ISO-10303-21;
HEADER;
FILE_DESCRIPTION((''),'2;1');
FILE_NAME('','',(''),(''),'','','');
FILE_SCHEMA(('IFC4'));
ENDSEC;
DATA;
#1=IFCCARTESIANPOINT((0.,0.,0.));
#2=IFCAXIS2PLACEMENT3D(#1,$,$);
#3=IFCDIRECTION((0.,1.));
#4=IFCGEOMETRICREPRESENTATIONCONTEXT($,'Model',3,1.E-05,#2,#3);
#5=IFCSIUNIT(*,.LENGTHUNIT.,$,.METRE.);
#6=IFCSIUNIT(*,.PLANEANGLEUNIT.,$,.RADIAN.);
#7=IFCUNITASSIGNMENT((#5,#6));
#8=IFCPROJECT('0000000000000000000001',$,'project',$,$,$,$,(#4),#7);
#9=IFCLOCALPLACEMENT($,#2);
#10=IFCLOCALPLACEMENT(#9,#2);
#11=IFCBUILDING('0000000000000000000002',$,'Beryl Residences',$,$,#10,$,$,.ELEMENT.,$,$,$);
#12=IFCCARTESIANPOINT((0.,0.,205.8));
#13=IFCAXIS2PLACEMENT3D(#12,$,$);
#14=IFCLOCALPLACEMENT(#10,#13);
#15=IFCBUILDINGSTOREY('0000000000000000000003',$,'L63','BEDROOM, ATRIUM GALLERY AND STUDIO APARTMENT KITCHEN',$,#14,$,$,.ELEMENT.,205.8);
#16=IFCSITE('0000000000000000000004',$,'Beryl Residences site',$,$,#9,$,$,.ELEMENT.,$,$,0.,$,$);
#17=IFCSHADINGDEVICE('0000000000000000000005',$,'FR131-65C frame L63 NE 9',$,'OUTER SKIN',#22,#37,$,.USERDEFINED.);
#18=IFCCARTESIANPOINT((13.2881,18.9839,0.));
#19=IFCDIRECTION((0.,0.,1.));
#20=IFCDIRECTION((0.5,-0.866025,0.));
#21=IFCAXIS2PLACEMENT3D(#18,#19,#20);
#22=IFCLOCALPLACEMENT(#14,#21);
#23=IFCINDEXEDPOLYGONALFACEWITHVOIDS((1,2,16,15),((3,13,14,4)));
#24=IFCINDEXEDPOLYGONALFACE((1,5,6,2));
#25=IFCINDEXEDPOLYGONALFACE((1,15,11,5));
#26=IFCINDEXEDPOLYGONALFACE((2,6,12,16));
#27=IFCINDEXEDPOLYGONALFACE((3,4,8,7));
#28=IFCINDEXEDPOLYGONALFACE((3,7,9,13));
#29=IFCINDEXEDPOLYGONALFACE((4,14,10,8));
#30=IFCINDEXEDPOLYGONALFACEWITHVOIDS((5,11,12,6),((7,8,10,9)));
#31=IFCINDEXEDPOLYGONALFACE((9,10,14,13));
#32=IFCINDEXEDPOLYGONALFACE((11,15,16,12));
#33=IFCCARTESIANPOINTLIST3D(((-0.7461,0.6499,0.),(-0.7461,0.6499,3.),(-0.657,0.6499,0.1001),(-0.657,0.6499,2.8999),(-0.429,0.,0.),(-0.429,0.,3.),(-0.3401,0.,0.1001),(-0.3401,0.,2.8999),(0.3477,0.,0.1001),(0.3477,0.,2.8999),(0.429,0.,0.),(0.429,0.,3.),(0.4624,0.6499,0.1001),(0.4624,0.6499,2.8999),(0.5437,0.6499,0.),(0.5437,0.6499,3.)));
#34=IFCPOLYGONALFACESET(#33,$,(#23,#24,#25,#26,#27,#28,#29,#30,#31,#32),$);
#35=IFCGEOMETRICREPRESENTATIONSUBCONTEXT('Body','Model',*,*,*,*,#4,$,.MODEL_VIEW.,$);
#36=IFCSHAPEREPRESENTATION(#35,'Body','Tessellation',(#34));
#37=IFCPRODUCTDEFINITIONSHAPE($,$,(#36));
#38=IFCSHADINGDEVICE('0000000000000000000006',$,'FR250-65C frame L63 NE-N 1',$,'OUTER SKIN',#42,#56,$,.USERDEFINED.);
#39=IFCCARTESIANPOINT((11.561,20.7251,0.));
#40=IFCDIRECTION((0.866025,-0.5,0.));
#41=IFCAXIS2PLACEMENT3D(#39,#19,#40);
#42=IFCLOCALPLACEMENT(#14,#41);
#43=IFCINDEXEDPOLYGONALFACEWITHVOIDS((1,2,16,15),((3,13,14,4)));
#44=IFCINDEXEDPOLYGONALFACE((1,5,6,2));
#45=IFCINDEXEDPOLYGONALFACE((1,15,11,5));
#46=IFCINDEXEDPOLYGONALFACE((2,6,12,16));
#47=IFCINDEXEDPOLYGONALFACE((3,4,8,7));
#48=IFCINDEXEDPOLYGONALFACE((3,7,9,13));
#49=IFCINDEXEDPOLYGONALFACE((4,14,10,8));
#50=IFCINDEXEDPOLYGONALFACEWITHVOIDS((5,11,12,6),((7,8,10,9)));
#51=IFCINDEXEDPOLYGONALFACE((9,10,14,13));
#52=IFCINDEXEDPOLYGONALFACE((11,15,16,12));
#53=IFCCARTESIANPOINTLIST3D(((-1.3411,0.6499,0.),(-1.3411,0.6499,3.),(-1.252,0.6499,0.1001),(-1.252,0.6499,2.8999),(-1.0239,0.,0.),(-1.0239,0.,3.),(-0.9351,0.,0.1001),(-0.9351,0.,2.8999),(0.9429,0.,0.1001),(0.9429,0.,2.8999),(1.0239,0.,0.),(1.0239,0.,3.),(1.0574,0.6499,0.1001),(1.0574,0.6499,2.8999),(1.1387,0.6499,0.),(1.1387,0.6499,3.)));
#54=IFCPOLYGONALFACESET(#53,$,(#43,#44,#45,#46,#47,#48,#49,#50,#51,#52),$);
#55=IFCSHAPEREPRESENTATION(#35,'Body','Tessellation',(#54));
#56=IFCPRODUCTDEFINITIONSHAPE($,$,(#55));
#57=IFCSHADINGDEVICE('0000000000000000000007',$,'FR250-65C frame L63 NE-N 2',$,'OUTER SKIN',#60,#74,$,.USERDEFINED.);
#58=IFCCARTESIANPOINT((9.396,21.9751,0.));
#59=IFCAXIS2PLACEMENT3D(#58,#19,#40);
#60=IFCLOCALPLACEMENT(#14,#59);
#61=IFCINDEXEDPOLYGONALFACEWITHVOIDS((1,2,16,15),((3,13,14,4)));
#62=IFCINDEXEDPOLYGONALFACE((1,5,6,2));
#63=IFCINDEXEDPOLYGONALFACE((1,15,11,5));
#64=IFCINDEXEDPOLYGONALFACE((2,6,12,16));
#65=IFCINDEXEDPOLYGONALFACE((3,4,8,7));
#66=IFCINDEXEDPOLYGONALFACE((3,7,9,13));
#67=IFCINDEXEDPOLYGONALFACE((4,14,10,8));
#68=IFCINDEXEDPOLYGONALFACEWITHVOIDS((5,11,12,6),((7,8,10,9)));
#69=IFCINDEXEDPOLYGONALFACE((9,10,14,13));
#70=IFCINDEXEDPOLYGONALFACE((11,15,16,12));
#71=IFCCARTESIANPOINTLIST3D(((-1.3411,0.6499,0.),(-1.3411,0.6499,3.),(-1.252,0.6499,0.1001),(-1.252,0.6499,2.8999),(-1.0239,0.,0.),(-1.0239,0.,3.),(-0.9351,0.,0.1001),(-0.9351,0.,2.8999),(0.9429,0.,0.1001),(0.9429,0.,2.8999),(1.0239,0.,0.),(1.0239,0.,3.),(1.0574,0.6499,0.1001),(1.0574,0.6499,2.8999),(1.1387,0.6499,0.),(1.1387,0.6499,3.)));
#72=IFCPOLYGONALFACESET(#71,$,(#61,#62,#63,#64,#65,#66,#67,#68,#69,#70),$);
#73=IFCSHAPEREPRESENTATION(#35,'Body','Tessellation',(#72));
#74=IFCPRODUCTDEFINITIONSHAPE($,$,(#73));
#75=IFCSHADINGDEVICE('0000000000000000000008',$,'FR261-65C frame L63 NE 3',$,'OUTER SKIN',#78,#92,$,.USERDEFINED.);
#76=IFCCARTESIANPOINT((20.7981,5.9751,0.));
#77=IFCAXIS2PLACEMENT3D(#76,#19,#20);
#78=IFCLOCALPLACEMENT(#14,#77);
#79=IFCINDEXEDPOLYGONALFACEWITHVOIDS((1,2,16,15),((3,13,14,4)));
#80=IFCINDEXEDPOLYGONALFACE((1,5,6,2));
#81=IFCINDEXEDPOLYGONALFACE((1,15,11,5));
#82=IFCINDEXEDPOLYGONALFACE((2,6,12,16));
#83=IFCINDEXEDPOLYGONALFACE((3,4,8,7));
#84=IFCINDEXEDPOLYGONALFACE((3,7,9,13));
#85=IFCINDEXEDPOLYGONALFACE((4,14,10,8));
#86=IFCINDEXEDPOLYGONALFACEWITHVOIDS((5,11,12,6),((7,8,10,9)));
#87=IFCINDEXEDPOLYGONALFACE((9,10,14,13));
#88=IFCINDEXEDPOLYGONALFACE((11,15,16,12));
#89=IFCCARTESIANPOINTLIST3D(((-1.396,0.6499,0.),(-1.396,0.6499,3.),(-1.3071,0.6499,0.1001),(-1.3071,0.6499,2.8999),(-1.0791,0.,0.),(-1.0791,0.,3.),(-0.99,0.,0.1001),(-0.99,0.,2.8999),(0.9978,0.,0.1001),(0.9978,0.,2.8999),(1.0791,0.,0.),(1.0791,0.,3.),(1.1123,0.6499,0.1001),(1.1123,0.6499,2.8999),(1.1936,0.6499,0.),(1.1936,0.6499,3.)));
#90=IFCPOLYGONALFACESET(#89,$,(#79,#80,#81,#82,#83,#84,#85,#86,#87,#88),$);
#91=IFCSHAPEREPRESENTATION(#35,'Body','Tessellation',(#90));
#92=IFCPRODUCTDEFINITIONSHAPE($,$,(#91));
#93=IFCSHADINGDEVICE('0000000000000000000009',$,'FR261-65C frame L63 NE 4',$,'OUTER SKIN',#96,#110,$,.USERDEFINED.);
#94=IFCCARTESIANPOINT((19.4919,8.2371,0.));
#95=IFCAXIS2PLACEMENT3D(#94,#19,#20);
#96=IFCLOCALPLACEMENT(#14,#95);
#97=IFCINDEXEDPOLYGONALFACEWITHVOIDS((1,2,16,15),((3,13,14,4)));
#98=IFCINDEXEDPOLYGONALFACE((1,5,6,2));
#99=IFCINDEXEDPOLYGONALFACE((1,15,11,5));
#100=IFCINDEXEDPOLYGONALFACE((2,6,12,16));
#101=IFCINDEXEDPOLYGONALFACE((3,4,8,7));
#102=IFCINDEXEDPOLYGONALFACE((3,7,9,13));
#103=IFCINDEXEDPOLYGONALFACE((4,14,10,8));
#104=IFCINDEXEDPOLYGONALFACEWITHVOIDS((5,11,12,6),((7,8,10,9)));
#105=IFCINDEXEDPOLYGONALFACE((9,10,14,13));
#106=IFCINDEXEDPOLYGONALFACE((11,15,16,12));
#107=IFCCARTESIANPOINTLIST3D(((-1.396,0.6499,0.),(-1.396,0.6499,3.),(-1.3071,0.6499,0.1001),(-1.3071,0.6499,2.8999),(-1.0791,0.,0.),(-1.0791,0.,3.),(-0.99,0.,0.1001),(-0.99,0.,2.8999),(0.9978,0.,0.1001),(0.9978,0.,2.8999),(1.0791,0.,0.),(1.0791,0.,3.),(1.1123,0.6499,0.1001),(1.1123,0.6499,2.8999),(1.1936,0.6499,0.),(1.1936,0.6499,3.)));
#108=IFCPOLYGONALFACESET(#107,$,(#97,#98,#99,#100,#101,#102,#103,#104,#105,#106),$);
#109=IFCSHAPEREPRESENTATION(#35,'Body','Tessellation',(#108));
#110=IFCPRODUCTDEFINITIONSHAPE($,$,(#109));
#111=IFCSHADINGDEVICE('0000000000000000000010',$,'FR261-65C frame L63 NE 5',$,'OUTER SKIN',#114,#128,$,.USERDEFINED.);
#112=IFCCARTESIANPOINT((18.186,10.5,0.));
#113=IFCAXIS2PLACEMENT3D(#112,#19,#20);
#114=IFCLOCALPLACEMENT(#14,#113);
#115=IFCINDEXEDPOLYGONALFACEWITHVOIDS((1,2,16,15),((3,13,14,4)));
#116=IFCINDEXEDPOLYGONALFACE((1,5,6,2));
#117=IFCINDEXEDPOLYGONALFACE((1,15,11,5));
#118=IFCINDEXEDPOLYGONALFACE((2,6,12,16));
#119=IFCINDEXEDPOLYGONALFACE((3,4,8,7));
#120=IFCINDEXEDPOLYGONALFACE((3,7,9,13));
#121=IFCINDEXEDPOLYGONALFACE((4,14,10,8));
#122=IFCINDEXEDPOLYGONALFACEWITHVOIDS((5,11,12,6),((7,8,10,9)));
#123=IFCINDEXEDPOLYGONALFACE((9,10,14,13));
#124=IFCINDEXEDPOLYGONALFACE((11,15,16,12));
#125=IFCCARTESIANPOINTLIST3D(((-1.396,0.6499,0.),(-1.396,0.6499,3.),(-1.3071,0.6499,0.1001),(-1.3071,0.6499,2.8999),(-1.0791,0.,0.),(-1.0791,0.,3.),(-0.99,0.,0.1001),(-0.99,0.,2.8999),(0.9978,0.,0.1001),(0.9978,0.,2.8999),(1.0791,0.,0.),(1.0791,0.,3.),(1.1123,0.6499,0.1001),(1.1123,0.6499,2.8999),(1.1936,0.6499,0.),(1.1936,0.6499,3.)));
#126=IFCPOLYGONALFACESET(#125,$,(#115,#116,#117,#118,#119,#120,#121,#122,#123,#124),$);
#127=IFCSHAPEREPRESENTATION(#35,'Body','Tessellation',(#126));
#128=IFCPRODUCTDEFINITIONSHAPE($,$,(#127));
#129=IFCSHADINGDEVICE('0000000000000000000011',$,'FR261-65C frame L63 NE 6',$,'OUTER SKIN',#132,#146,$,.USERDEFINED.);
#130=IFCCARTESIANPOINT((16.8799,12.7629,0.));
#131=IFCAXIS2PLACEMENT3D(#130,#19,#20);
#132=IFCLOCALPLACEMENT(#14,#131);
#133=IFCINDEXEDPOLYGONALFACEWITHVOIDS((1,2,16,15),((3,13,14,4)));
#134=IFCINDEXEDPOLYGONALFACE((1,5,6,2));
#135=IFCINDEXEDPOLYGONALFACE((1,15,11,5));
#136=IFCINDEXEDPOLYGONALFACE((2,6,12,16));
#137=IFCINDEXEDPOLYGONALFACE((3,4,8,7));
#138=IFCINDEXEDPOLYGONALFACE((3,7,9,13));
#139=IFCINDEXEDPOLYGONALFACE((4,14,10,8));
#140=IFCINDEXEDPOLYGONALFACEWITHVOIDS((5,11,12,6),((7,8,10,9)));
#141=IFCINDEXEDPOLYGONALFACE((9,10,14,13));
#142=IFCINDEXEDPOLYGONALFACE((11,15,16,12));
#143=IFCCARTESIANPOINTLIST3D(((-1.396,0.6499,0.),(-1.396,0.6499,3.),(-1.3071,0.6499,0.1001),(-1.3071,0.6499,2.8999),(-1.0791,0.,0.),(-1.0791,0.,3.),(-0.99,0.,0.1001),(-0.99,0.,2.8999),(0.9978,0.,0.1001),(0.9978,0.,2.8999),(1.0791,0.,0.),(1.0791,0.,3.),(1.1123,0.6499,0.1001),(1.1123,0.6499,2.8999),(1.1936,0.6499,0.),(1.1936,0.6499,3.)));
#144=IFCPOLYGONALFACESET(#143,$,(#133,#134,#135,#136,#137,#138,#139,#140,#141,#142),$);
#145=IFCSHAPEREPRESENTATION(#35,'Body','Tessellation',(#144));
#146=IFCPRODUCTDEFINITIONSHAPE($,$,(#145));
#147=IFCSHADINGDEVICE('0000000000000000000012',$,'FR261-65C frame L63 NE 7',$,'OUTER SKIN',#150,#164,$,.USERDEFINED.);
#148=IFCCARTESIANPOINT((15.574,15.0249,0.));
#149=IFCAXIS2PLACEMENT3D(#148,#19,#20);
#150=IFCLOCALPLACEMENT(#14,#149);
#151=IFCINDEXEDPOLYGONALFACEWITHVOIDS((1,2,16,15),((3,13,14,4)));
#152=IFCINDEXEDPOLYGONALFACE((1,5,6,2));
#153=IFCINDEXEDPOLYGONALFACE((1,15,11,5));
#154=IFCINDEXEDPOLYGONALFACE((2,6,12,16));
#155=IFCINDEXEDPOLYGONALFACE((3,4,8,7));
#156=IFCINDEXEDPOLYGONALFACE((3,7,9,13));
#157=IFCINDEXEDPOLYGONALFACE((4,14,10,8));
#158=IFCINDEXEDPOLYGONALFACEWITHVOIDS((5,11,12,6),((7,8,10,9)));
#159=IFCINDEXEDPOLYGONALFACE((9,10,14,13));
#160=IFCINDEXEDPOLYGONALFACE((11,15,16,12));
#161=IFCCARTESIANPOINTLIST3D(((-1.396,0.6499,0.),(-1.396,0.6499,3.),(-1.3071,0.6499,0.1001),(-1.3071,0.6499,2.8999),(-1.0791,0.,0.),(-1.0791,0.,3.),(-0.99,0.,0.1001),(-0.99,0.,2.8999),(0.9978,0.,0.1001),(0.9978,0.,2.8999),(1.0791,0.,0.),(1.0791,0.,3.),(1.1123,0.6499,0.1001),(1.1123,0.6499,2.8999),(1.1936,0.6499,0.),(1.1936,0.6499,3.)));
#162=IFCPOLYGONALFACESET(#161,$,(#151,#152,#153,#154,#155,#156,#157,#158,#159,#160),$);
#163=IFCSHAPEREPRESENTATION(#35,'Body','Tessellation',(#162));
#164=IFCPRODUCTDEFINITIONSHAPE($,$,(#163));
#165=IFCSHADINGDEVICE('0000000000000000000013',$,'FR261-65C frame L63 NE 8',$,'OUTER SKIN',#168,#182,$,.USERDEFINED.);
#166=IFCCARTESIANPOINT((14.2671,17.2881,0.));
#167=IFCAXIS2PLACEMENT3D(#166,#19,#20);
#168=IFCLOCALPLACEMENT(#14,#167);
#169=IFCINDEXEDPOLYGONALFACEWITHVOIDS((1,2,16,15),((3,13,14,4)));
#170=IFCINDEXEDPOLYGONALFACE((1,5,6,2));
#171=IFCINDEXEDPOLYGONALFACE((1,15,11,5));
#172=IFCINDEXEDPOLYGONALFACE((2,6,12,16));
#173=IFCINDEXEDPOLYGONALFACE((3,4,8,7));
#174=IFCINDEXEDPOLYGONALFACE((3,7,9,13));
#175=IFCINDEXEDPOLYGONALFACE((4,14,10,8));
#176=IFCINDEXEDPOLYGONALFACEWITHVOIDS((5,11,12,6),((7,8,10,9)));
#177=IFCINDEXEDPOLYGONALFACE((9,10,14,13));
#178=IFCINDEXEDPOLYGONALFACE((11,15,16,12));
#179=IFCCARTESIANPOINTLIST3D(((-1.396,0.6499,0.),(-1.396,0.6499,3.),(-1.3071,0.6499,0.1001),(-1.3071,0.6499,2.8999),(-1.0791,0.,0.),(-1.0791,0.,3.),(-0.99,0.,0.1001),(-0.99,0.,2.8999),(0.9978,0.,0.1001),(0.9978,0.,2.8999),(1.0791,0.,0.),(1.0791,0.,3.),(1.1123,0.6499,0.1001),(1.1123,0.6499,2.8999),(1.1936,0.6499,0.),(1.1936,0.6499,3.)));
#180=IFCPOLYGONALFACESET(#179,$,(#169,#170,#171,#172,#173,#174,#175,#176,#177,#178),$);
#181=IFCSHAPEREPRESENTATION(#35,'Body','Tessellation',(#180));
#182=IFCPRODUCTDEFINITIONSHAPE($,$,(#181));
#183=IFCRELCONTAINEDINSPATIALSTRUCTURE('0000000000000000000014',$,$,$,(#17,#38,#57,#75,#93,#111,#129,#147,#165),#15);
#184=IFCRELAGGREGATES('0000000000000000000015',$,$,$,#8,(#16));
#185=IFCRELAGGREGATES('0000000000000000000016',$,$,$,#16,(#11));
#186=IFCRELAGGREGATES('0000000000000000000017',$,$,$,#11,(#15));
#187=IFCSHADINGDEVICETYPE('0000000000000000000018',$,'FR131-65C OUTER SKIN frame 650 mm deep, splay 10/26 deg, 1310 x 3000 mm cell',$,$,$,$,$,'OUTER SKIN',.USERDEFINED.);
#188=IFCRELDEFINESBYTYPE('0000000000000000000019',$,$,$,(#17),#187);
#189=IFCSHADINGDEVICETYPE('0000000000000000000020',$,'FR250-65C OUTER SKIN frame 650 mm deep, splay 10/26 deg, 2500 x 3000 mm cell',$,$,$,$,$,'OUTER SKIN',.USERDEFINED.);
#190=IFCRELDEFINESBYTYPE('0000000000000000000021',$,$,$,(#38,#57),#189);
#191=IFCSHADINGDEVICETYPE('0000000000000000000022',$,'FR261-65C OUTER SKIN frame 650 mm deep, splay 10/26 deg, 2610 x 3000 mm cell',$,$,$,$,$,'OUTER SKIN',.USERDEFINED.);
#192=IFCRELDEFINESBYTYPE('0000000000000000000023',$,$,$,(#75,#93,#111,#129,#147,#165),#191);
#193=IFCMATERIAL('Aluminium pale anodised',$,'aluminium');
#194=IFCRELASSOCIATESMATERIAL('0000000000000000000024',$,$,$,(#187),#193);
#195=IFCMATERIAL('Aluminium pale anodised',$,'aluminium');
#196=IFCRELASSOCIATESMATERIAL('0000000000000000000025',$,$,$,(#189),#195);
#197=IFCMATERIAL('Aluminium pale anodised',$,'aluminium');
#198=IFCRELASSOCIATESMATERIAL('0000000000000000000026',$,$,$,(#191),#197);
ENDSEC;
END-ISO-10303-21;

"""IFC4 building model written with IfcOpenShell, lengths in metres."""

from ifc_helpers import new_model, entity, si_unit, direction, frame, origin, place, context, subcontext, project, spatial, source, transform, mapped, material, type_object, type_shapes, element, save


model = new_model("IFC4")

# Units and contexts
model_context = context("Model", 3, precision=1e-05, world=origin(), true_north=direction((0.0, 1.0)))
body_context = subcontext(model_context, "Body", "Model", "MODEL_VIEW")
ifc_project = project(units=[si_unit("LENGTHUNIT", "METRE"), si_unit("PLANEANGLEUNIT", "RADIAN")], contexts=[model_context])

# Site, building, storey
site_placement = place(None, origin())
site = spatial("IfcSite", under=ifc_project, at=site_placement, Name="Beryl Residences site", CompositionType="ELEMENT", RefElevation=0.0)
building_placement = place(site_placement, origin())
building = spatial("IfcBuilding", under=site, at=building_placement, Name="Beryl Residences", CompositionType="ELEMENT")
storey_placement = place(building_placement, frame((0.0, 0.0, 205.8)))
storey = spatial("IfcBuildingStorey", under=building, at=storey_placement, Name="L63", Description="BEDROOM, ATRIUM GALLERY AND STUDIO APARTMENT KITCHEN", CompositionType="ELEMENT", Elevation=205.8)

# Shading devices
ifc_material_1 = material(Name="Aluminium pale anodised", Category="aluminium")
shading_device_type_1 = type_object("IfcShadingDeviceType", Name="FR131-65C OUTER SKIN frame 650 mm deep, splay 10/26 deg, 1310 x 3000 mm cell", ElementType="OUTER SKIN", PredefinedType="USERDEFINED", material=ifc_material_1)
cartesian_point_1 = entity("IfcCartesianPoint", [-0.429, 0.0])
cartesian_point_2 = entity("IfcCartesianPoint", [-0.3477, 0.1001])
cartesian_point_3 = entity("IfcCartesianPoint", [-0.5437, 0.0])
cartesian_point_4 = entity("IfcCartesianPoint", [-0.4624, 0.1001])
shared_shape_1 = source(origin(), body_context, "Body", "SweptSolid", [
    entity("IfcExtrudedAreaSolidTapered", entity("IfcArbitraryProfileDefWithVoids", "AREA", None, entity("IfcPolyline", [cartesian_point_1, entity("IfcCartesianPoint", [0.429, 0.0]), entity("IfcCartesianPoint", [0.429, 3.0]), entity("IfcCartesianPoint", [-0.429, 3.0]), cartesian_point_1]), [entity("IfcPolyline", [cartesian_point_2, entity("IfcCartesianPoint", [0.3401, 0.1001]), entity("IfcCartesianPoint", [0.3401, 2.8999]), entity("IfcCartesianPoint", [-0.3477, 2.8999]), cartesian_point_2])]), entity("IfcAxis2Placement3D", entity("IfcCartesianPoint", [0.0, 0.0, 0.0]), entity("IfcDirection", [0.0, 1.0, 0.0]), entity("IfcDirection", [-1.0, 0.0, 0.0])), entity("IfcDirection", [0.0, 0.0, 1.0]), 0.6499, entity("IfcArbitraryProfileDefWithVoids", "AREA", None, entity("IfcPolyline", [cartesian_point_3, entity("IfcCartesianPoint", [0.7461, 0.0]), entity("IfcCartesianPoint", [0.7461, 3.0]), entity("IfcCartesianPoint", [-0.5437, 3.0]), cartesian_point_3]), [entity("IfcPolyline", [cartesian_point_4, entity("IfcCartesianPoint", [0.657, 0.1001]), entity("IfcCartesianPoint", [0.657, 2.8999]), entity("IfcCartesianPoint", [-0.4624, 2.8999]), cartesian_point_4])])),
])
type_shapes(shading_device_type_1, [shared_shape_1])
shading_device_placement = place(storey_placement, frame((13.2881, 18.9839, 0.0), z_axis=(0.0, 0.0, 1.0), x_axis=(0.5, -0.866025, 0.0)))
element("IfcShadingDevice", 1, at=shading_device_placement, inside=storey, type_object=shading_device_type_1, Name="FR131-65C frame L63 NE 9", ObjectType="OUTER SKIN", PredefinedType="USERDEFINED", context=body_context, shape_type="MappedRepresentation", body=[
    mapped(shared_shape_1, transform((0.0, 0.0, 0.0))),
])
ifc_material_2 = material(Name="Aluminium pale anodised", Category="aluminium")
shading_device_type_2 = type_object("IfcShadingDeviceType", Name="FR250-65C OUTER SKIN frame 650 mm deep, splay 10/26 deg, 2500 x 3000 mm cell", ElementType="OUTER SKIN", PredefinedType="USERDEFINED", material=ifc_material_2)
cartesian_point_5 = entity("IfcCartesianPoint", [-1.0239, 0.0])
cartesian_point_6 = entity("IfcCartesianPoint", [-0.9429, 0.1001])
cartesian_point_7 = entity("IfcCartesianPoint", [-1.1387, 0.0])
cartesian_point_8 = entity("IfcCartesianPoint", [-1.0574, 0.1001])
shared_shape_2 = source(origin(), body_context, "Body", "SweptSolid", [
    entity("IfcExtrudedAreaSolidTapered", entity("IfcArbitraryProfileDefWithVoids", "AREA", None, entity("IfcPolyline", [cartesian_point_5, entity("IfcCartesianPoint", [1.0239, 0.0]), entity("IfcCartesianPoint", [1.0239, 3.0]), entity("IfcCartesianPoint", [-1.0239, 3.0]), cartesian_point_5]), [entity("IfcPolyline", [cartesian_point_6, entity("IfcCartesianPoint", [0.9351, 0.1001]), entity("IfcCartesianPoint", [0.9351, 2.8999]), entity("IfcCartesianPoint", [-0.9429, 2.8999]), cartesian_point_6])]), entity("IfcAxis2Placement3D", entity("IfcCartesianPoint", [0.0, 0.0, 0.0]), entity("IfcDirection", [0.0, 1.0, 0.0]), entity("IfcDirection", [-1.0, 0.0, 0.0])), entity("IfcDirection", [0.0, 0.0, 1.0]), 0.6499, entity("IfcArbitraryProfileDefWithVoids", "AREA", None, entity("IfcPolyline", [cartesian_point_7, entity("IfcCartesianPoint", [1.3411, 0.0]), entity("IfcCartesianPoint", [1.3411, 3.0]), entity("IfcCartesianPoint", [-1.1387, 3.0]), cartesian_point_7]), [entity("IfcPolyline", [cartesian_point_8, entity("IfcCartesianPoint", [1.252, 0.1001]), entity("IfcCartesianPoint", [1.252, 2.8999]), entity("IfcCartesianPoint", [-1.0574, 2.8999]), cartesian_point_8])])),
])
type_shapes(shading_device_type_2, [shared_shape_2])
for number, where, z_axis, x_axis, name in (
    (2, (11.561, 20.7251, 0.0), (0.0, 0.0, 1.0), (0.866025, -0.5, 0.0), "FR250-65C frame L63 NE-N 1"),
    (3, (9.396, 21.9751, 0.0), (0.0, 0.0, 1.0), (0.866025, -0.5, 0.0), "FR250-65C frame L63 NE-N 2"),
):
    element("IfcShadingDevice", number, at=place(storey_placement, frame(where, z_axis=z_axis, x_axis=x_axis)), inside=storey, type_object=shading_device_type_2, Name=name, ObjectType="OUTER SKIN", PredefinedType="USERDEFINED", context=body_context, shape_type="MappedRepresentation", body=[
        mapped(shared_shape_2, transform((0.0, 0.0, 0.0))),
    ])
ifc_material_3 = material(Name="Aluminium pale anodised", Category="aluminium")
shading_device_type_3 = type_object("IfcShadingDeviceType", Name="FR261-65C OUTER SKIN frame 650 mm deep, splay 10/26 deg, 2610 x 3000 mm cell", ElementType="OUTER SKIN", PredefinedType="USERDEFINED", material=ifc_material_3)
cartesian_point_9 = entity("IfcCartesianPoint", [-1.0791, 0.0])
cartesian_point_10 = entity("IfcCartesianPoint", [-0.9978, 0.1001])
cartesian_point_11 = entity("IfcCartesianPoint", [-1.1936, 0.0])
cartesian_point_12 = entity("IfcCartesianPoint", [-1.1123, 0.1001])
shared_shape_3 = source(origin(), body_context, "Body", "SweptSolid", [
    entity("IfcExtrudedAreaSolidTapered", entity("IfcArbitraryProfileDefWithVoids", "AREA", None, entity("IfcPolyline", [cartesian_point_9, entity("IfcCartesianPoint", [1.0791, 0.0]), entity("IfcCartesianPoint", [1.0791, 3.0]), entity("IfcCartesianPoint", [-1.0791, 3.0]), cartesian_point_9]), [entity("IfcPolyline", [cartesian_point_10, entity("IfcCartesianPoint", [0.99, 0.1001]), entity("IfcCartesianPoint", [0.99, 2.8999]), entity("IfcCartesianPoint", [-0.9978, 2.8999]), cartesian_point_10])]), entity("IfcAxis2Placement3D", entity("IfcCartesianPoint", [0.0, 0.0, 0.0]), entity("IfcDirection", [0.0, 1.0, 0.0]), entity("IfcDirection", [-1.0, 0.0, 0.0])), entity("IfcDirection", [0.0, 0.0, 1.0]), 0.6499, entity("IfcArbitraryProfileDefWithVoids", "AREA", None, entity("IfcPolyline", [cartesian_point_11, entity("IfcCartesianPoint", [1.396, 0.0]), entity("IfcCartesianPoint", [1.396, 3.0]), entity("IfcCartesianPoint", [-1.1936, 3.0]), cartesian_point_11]), [entity("IfcPolyline", [cartesian_point_12, entity("IfcCartesianPoint", [1.3071, 0.1001]), entity("IfcCartesianPoint", [1.3071, 2.8999]), entity("IfcCartesianPoint", [-1.1123, 2.8999]), cartesian_point_12])])),
])
type_shapes(shading_device_type_3, [shared_shape_3])
for number, where, z_axis, x_axis, name in (
    (4, (20.7981, 5.9751, 0.0), (0.0, 0.0, 1.0), (0.5, -0.866025, 0.0), "FR261-65C frame L63 NE 3"),
    (5, (19.4919, 8.2371, 0.0), (0.0, 0.0, 1.0), (0.5, -0.866025, 0.0), "FR261-65C frame L63 NE 4"),
    (6, (18.186, 10.5, 0.0), (0.0, 0.0, 1.0), (0.5, -0.866025, 0.0), "FR261-65C frame L63 NE 5"),
    (7, (16.8799, 12.7629, 0.0), (0.0, 0.0, 1.0), (0.5, -0.866025, 0.0), "FR261-65C frame L63 NE 6"),
    (8, (15.574, 15.0249, 0.0), (0.0, 0.0, 1.0), (0.5, -0.866025, 0.0), "FR261-65C frame L63 NE 7"),
    (9, (14.2671, 17.2881, 0.0), (0.0, 0.0, 1.0), (0.5, -0.866025, 0.0), "FR261-65C frame L63 NE 8"),
):
    element("IfcShadingDevice", number, at=place(storey_placement, frame(where, z_axis=z_axis, x_axis=x_axis)), inside=storey, type_object=shading_device_type_3, Name=name, ObjectType="OUTER SKIN", PredefinedType="USERDEFINED", context=body_context, shape_type="MappedRepresentation", body=[
        mapped(shared_shape_3, transform((0.0, 0.0, 0.0))),
    ])

save(model, "model.ifc")
